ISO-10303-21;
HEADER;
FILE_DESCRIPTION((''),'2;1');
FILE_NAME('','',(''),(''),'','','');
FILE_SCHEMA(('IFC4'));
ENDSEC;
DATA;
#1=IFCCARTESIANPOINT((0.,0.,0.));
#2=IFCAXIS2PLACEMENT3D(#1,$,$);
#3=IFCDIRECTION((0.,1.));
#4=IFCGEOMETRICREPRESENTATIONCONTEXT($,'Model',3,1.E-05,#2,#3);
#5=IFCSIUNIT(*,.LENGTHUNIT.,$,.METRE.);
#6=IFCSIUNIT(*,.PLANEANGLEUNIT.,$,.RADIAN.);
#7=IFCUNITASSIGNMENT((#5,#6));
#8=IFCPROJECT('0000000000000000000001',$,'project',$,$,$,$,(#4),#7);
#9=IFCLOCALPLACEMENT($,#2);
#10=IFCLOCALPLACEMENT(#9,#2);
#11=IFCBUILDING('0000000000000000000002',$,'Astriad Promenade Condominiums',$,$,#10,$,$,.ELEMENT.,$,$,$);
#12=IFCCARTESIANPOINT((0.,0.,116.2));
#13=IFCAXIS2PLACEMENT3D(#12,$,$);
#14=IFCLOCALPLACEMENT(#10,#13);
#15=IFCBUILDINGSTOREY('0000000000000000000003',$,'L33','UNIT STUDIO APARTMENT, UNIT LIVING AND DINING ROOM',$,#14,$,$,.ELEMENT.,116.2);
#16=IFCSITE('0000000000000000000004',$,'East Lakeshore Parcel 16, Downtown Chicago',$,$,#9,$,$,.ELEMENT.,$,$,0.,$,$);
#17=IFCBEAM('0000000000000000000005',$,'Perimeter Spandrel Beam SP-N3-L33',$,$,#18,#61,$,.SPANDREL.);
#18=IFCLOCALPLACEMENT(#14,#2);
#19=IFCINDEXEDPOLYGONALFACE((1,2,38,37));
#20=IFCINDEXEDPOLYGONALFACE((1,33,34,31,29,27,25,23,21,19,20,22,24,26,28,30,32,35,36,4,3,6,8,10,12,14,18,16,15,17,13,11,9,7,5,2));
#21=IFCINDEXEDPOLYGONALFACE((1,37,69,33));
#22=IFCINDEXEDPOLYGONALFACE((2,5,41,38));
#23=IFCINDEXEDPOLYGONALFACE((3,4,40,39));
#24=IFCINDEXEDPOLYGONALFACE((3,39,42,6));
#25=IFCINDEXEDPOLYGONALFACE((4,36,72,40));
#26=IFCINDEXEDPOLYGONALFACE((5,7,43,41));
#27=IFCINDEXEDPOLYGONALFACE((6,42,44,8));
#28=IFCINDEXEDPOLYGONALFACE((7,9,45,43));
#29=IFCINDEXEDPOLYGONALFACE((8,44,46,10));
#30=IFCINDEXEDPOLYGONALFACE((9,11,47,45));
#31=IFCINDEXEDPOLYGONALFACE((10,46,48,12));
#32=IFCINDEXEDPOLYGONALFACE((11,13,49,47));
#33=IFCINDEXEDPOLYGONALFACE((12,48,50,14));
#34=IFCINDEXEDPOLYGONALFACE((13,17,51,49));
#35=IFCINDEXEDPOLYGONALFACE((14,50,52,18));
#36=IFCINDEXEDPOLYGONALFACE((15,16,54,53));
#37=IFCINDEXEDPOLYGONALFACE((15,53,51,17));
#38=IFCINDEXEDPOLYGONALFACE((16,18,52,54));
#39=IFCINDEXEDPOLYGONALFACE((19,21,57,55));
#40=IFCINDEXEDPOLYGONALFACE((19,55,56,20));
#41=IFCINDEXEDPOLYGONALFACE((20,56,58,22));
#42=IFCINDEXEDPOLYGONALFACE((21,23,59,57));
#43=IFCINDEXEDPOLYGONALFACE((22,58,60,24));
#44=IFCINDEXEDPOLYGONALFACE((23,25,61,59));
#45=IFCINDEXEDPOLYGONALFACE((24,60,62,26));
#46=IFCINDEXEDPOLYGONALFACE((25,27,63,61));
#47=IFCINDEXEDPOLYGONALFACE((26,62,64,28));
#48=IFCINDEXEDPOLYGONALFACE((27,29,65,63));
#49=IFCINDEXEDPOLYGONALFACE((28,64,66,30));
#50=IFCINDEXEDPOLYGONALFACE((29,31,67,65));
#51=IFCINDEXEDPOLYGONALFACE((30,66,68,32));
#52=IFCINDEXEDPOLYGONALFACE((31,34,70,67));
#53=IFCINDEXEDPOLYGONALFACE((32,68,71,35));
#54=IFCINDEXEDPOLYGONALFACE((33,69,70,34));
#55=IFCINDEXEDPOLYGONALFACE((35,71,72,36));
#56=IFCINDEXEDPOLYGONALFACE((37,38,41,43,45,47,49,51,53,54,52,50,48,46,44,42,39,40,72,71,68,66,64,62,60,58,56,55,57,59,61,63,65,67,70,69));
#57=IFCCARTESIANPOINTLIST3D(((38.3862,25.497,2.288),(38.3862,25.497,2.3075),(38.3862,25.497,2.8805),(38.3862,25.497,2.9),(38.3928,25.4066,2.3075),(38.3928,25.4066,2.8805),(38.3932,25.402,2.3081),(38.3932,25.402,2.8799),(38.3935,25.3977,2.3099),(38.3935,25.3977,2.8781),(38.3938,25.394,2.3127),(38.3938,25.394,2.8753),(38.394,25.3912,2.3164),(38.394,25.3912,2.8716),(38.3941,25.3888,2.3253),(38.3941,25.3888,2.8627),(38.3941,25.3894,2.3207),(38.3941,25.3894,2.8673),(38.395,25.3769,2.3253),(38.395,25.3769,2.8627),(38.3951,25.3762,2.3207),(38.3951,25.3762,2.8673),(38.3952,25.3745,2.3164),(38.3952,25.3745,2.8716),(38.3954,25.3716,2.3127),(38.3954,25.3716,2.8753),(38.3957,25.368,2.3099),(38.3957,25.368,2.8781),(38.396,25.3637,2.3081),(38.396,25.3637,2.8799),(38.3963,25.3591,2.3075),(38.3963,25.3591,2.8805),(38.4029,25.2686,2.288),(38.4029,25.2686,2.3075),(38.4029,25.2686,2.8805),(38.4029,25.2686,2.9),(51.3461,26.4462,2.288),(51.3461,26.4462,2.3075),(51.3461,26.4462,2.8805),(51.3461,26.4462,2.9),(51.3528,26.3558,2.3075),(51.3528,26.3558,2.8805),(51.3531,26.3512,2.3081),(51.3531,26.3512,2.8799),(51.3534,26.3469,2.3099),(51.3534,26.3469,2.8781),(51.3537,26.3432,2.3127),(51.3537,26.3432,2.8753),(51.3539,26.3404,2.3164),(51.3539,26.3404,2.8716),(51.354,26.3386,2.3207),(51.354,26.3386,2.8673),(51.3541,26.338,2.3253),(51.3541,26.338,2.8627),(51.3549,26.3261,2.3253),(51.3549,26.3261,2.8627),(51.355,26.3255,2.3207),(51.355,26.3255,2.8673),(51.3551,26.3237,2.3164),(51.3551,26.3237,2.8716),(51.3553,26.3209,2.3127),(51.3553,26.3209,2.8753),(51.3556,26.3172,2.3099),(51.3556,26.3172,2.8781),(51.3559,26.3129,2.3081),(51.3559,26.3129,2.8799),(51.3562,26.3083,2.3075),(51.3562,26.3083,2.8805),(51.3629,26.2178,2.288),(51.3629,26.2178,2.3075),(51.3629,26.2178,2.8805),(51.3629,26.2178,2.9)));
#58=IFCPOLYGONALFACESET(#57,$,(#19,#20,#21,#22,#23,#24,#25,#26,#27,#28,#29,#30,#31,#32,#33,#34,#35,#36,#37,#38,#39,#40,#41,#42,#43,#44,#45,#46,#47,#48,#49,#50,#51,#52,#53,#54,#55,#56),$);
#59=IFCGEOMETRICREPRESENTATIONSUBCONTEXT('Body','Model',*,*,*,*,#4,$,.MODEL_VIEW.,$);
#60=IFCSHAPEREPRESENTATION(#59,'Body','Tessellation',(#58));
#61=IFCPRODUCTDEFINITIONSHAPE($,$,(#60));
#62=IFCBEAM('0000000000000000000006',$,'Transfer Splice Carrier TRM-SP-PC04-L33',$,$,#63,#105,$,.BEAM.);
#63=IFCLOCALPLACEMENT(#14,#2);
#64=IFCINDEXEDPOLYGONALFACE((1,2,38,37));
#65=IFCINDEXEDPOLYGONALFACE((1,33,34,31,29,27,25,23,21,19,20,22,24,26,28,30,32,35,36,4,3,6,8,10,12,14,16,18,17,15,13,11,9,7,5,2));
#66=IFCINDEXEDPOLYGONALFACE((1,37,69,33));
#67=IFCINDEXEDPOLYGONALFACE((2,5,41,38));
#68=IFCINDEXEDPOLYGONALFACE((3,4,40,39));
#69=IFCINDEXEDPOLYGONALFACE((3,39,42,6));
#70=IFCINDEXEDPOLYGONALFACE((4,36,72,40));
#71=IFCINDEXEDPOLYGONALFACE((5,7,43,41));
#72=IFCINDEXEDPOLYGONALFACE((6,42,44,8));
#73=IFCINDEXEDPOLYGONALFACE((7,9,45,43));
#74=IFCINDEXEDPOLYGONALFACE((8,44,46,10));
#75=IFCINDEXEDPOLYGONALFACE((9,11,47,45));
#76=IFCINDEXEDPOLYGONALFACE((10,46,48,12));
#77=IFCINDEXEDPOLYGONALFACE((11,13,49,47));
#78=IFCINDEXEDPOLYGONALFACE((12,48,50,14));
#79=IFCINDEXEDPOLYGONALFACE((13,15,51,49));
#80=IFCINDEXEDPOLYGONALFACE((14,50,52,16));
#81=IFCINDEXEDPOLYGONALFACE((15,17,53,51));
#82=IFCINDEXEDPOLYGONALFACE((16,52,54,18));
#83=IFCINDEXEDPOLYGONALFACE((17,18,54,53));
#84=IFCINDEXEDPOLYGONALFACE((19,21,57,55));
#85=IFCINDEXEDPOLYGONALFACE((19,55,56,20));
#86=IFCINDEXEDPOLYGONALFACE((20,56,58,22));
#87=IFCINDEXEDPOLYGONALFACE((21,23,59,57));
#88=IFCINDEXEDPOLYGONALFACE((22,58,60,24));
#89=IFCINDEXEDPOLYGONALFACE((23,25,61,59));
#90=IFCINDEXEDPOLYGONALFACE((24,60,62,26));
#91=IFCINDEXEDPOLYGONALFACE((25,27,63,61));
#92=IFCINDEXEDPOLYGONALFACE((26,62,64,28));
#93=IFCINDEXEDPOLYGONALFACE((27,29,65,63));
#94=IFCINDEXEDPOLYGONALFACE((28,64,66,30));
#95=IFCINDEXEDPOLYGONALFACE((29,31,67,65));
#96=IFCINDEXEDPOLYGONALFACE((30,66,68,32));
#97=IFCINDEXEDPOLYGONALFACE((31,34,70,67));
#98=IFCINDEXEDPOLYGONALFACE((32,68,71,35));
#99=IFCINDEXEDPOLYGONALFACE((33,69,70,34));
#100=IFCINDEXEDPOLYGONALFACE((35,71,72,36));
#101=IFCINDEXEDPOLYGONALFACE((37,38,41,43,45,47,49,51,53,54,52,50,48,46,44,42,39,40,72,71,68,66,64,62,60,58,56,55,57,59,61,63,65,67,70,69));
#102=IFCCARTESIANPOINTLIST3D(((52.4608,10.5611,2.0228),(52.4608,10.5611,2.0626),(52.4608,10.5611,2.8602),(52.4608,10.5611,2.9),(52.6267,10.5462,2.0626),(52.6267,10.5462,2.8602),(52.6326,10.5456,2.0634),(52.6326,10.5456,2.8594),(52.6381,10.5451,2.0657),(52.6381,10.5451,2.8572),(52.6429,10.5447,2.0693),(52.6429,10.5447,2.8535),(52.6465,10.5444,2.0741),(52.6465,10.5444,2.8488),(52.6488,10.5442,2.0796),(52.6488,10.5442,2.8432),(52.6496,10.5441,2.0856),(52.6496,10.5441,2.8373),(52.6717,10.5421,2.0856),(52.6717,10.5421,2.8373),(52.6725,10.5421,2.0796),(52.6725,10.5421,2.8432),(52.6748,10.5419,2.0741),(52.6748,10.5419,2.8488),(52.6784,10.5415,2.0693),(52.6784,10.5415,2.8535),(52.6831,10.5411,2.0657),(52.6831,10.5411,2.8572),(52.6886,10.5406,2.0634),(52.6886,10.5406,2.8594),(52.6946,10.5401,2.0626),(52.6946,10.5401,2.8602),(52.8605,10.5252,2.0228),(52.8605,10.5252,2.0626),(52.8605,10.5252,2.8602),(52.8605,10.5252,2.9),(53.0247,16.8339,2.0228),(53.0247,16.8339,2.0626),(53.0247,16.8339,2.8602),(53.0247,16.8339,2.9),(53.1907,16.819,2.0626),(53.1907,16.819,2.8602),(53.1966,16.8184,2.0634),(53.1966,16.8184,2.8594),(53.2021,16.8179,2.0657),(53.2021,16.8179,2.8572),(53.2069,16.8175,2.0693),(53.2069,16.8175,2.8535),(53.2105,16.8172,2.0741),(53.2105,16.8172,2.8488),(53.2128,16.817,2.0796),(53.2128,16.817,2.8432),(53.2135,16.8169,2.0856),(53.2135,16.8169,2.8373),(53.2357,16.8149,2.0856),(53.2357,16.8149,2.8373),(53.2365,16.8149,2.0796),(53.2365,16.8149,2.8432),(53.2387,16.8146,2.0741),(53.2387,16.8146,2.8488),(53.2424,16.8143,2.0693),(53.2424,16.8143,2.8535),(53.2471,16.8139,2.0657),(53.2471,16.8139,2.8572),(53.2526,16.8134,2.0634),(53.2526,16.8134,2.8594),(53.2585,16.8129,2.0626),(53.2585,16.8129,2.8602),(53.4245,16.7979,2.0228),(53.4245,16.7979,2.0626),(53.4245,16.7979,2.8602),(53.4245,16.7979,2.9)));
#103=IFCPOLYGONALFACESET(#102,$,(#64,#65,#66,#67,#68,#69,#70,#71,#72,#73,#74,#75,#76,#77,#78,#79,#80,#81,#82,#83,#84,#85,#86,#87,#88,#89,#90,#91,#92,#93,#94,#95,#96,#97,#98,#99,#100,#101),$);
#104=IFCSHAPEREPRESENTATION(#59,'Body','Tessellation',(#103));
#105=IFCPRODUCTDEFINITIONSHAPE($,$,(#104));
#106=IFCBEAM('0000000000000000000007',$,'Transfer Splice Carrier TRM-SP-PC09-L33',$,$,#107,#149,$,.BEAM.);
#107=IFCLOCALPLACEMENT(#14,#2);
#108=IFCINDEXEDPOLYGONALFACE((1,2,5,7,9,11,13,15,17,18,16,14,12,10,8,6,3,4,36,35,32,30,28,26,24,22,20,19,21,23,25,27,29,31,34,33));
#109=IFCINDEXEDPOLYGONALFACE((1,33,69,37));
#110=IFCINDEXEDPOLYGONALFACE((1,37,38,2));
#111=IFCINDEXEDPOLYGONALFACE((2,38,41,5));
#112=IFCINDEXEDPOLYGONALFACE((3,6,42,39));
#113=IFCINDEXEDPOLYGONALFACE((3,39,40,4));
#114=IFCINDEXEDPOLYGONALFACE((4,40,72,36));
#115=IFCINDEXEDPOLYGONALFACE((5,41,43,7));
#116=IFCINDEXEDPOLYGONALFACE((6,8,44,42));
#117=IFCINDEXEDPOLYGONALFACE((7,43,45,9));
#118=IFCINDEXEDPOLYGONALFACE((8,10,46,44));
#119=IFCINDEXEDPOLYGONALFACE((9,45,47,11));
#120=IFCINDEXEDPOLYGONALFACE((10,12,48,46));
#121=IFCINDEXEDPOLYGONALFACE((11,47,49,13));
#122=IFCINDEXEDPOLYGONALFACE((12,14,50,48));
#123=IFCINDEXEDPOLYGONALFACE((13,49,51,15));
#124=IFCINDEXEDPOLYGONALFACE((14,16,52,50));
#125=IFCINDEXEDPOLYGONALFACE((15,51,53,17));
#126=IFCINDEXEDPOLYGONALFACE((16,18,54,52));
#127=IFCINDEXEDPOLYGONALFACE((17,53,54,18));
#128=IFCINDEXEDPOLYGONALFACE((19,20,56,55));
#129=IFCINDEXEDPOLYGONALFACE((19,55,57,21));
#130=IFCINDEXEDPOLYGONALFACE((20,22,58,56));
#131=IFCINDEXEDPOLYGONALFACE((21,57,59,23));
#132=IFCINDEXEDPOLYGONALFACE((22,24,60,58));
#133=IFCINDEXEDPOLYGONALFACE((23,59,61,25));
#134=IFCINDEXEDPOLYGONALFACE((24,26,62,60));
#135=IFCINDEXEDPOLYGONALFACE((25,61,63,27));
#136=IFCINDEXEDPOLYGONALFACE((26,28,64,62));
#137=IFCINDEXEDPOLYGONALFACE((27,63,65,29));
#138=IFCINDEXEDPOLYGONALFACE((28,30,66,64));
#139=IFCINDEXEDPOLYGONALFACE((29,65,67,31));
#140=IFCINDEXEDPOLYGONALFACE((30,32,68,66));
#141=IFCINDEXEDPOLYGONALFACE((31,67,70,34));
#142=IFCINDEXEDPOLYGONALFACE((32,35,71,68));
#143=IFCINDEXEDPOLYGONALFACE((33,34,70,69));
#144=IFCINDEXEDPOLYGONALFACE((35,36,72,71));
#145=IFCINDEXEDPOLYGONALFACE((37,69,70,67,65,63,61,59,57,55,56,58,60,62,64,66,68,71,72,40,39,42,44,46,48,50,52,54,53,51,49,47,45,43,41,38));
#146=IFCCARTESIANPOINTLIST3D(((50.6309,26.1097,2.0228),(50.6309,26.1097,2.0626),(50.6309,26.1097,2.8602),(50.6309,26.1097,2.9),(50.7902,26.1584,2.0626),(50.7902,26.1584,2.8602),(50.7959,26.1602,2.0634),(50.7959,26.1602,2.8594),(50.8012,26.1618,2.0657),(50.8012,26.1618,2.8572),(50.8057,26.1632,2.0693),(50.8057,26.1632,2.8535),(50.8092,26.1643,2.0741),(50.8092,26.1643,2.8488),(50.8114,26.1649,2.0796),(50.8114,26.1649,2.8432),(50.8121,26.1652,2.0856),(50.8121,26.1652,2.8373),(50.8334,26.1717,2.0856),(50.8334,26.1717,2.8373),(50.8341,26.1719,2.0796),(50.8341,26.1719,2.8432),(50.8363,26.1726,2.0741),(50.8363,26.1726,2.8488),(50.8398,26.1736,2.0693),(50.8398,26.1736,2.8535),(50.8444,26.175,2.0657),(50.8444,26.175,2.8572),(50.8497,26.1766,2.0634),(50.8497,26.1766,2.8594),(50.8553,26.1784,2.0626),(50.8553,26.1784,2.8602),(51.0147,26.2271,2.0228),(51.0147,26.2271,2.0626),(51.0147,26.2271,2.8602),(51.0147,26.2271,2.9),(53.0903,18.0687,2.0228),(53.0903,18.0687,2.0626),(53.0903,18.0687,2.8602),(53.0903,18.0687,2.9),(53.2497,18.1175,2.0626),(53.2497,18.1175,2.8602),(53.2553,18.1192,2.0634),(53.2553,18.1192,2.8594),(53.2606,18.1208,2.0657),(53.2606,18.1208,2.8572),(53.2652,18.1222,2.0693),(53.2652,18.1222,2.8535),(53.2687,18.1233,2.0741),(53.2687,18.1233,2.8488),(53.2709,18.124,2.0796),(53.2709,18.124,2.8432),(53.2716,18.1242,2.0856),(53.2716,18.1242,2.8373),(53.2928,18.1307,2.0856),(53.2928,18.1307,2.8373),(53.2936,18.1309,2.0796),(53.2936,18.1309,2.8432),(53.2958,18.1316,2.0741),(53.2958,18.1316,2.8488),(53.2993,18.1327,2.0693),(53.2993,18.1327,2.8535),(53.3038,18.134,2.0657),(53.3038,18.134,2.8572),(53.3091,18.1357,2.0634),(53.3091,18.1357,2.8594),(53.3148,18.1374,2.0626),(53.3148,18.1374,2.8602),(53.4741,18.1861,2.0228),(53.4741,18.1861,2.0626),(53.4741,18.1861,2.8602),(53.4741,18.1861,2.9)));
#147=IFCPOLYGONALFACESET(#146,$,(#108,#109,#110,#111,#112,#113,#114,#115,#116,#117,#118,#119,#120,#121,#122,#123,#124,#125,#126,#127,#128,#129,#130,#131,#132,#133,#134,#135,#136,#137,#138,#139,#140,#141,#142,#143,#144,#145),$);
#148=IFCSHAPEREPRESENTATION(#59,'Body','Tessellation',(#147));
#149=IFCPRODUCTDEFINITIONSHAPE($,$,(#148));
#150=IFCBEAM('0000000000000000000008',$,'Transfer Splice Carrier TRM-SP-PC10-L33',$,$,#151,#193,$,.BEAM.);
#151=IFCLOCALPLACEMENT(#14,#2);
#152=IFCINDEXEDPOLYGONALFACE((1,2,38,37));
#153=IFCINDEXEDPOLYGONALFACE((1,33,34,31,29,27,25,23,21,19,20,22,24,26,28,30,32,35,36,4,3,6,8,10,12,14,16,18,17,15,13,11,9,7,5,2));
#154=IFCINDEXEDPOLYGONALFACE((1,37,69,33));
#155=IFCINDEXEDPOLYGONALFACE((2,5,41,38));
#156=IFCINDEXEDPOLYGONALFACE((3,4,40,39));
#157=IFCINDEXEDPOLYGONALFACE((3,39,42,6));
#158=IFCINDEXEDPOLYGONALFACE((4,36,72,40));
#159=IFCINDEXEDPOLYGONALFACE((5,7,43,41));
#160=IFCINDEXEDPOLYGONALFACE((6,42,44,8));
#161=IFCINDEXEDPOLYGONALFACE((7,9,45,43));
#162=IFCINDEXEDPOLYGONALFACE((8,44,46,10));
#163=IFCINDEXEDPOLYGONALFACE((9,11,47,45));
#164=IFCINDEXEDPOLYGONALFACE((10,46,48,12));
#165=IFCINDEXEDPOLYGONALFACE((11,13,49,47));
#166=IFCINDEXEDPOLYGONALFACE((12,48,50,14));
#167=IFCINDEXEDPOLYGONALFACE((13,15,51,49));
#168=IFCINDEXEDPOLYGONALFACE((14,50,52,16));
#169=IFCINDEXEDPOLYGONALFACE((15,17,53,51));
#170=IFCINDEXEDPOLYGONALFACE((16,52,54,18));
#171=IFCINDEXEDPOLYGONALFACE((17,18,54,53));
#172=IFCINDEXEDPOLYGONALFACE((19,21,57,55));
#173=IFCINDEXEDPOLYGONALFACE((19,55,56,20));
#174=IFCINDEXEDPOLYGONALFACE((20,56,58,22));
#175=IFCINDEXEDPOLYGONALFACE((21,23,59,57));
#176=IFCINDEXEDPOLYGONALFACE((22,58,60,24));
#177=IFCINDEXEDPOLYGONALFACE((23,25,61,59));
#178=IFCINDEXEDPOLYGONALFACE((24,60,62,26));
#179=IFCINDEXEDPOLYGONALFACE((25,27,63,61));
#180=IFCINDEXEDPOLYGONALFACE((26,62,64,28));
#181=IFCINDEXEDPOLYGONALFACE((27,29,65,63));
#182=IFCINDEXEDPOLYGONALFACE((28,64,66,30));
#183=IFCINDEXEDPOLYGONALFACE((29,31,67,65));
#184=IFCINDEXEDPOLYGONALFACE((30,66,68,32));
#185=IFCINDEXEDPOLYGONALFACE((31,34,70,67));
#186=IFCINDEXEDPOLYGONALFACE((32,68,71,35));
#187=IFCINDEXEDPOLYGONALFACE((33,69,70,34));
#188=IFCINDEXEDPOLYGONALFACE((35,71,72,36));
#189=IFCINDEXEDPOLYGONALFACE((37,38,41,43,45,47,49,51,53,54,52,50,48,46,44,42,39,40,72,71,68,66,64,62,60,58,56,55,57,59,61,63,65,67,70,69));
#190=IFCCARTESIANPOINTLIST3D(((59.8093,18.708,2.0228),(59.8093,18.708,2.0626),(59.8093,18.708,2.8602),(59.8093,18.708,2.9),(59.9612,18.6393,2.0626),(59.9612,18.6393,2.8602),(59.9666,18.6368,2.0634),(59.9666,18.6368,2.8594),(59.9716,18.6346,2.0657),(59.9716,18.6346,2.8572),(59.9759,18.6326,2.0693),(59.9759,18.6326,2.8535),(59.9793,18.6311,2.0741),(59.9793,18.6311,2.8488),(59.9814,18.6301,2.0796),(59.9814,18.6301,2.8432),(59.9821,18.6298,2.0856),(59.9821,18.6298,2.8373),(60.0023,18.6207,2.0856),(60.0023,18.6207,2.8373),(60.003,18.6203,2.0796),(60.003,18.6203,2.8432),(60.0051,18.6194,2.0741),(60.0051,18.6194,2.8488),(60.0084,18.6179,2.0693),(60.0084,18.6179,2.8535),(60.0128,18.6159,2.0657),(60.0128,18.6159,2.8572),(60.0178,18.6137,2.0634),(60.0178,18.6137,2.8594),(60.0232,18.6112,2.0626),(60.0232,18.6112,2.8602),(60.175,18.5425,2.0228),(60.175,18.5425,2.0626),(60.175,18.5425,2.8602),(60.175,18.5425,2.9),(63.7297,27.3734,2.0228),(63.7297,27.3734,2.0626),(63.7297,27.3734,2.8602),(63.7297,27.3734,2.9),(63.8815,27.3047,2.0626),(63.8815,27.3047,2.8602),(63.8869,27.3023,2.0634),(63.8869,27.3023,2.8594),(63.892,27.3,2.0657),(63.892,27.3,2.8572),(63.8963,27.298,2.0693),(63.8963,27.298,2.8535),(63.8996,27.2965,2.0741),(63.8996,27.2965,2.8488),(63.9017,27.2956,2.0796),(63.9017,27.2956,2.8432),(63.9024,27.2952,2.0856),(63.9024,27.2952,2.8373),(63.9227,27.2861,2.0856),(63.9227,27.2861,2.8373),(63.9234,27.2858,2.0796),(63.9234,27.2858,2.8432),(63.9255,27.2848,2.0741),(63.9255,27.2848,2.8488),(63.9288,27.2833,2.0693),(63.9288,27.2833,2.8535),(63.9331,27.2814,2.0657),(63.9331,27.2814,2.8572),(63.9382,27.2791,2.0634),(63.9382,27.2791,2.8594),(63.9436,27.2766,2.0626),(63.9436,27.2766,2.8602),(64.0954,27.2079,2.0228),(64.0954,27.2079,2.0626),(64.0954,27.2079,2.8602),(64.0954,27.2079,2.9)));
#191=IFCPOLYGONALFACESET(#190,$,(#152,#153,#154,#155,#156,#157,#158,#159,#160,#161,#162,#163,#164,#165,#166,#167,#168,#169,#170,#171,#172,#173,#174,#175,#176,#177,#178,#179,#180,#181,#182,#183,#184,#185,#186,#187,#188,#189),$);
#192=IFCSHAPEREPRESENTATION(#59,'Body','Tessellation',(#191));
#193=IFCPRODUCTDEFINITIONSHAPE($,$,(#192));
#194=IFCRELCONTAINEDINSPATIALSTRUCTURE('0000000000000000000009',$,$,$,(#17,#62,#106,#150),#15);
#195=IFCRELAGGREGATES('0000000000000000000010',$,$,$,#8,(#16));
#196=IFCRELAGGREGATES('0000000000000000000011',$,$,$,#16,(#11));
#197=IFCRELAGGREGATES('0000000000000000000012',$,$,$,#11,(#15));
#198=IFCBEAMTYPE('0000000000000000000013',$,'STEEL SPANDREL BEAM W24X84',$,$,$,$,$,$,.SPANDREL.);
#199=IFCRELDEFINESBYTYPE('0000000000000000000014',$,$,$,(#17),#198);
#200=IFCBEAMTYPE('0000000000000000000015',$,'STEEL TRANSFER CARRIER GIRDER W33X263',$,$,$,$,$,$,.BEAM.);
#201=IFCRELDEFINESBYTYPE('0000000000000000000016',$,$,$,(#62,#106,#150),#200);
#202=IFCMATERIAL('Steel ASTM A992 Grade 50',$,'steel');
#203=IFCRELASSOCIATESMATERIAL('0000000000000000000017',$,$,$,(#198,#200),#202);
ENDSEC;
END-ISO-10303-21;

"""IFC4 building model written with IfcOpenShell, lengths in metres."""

from ifc_helpers import new_model, si_unit, direction, frame, origin, origin_2d, place, context, subcontext, project, spatial, i_section, extrude, source, transform, mapped, material, material_profile, profile_set, type_object, type_shapes, element, save


model = new_model("IFC4")

# Units and contexts
model_context = context("Model", 3, precision=1e-05, world=origin(), true_north=direction((0.0, 1.0)))
body_context = subcontext(model_context, "Body", "Model", "MODEL_VIEW")
ifc_project = project(units=[si_unit("LENGTHUNIT", "METRE"), si_unit("PLANEANGLEUNIT", "RADIAN")], contexts=[model_context])

# Site, building, storey
site_placement = place(None, origin())
site = spatial("IfcSite", under=ifc_project, at=site_placement, Name="East Lakeshore Parcel 16, Downtown Chicago", CompositionType="ELEMENT", RefElevation=0.0)
building_placement = place(site_placement, origin())
building = spatial("IfcBuilding", under=site, at=building_placement, Name="Astriad Promenade Condominiums", CompositionType="ELEMENT")
storey_placement = place(building_placement, frame((0.0, 0.0, 116.2)))
storey = spatial("IfcBuildingStorey", under=building, at=storey_placement, Name="L33", Description="UNIT STUDIO APARTMENT, UNIT LIVING AND DINING ROOM", CompositionType="ELEMENT", Elevation=116.2)

# Beams
ifc_material_1 = material(Name="Steel ASTM A992 Grade 50", Category="steel")
ifc_material_profile_1 = material_profile(ifc_material_1, i_section(OverallWidth=0.229, OverallDepth=0.6121, WebThickness=0.012, FlangeThickness=0.0195, FilletRadius=0.0178, at=origin_2d()), Name="W24X84")
ifc_profile_set_1 = profile_set([ifc_material_profile_1], Name="Steel ASTM A992 Grade 50")
beam_type_1 = type_object("IfcBeamType", Name="STEEL SPANDREL BEAM W24X84", PredefinedType="SPANDREL", material=ifc_profile_set_1)
shared_shape_1 = source(origin(), body_context, "Body", "SweptSolid", [
    extrude(i_section(OverallWidth=0.229, OverallDepth=0.6121, WebThickness=0.012, FlangeThickness=0.0195, FilletRadius=0.0178, at=origin_2d()), origin(), (0.0, 0.0, 1.0), 12.9946),
])
beam_1_placement = place(storey_placement, frame((51.3545, 26.332, 2.594), z_axis=(-0.997329, -0.073047, 0.0), x_axis=(0.073047, -0.997329, 0.0)))
element("IfcBeam", 1, at=beam_1_placement, inside=storey, type_object=beam_type_1, Name="Perimeter Spandrel Beam SP-N3-L33", PredefinedType="SPANDREL", context=body_context, shape_type="MappedRepresentation", body=[
    mapped(shared_shape_1, transform((0.0, 0.0, 0.0), scale=1.0)),
])
ifc_material_profile_2 = material_profile(ifc_material_1, i_section(OverallWidth=0.4014, OverallDepth=0.8772, WebThickness=0.0222, FlangeThickness=0.0398, FilletRadius=0.0229, at=origin_2d()), Name="W33X263")
ifc_profile_set_2 = profile_set([ifc_material_profile_2], Name="Steel ASTM A992 Grade 50")
beam_type_2 = type_object("IfcBeamType", Name="STEEL TRANSFER CARRIER GIRDER W33X263", PredefinedType="BEAM", material=ifc_profile_set_2)
shared_shape_2 = source(origin(), body_context, "Body", "SweptSolid", [
    extrude(i_section(OverallWidth=0.4014, OverallDepth=0.8772, WebThickness=0.0222, FlangeThickness=0.0398, FilletRadius=0.0229, at=origin_2d()), origin(), (0.0, 0.0, 1.0), 6.2981),
])
beam_2_placement = place(storey_placement, frame((53.2246, 16.8159, 2.4614), z_axis=(-0.089547, -0.995983, 0.0), x_axis=(0.995983, -0.089547, 0.0)))
element("IfcBeam", 2, at=beam_2_placement, inside=storey, type_object=beam_type_2, Name="Transfer Splice Carrier TRM-SP-PC04-L33", PredefinedType="BEAM", context=body_context, shape_type="MappedRepresentation", body=[
    mapped(shared_shape_2, transform((0.0, 0.0, 0.0), scale=1.0)),
])
shared_shape_3 = source(origin(), body_context, "Body", "SweptSolid", [
    extrude(i_section(OverallWidth=0.4014, OverallDepth=0.8772, WebThickness=0.0222, FlangeThickness=0.0398, FilletRadius=0.0229, at=origin_2d()), origin(), (0.0, 0.0, 1.0), 8.4087),
])
beam_3_placement = place(storey_placement, frame((53.2822, 18.1274, 2.4614), z_axis=(-0.29249, 0.956269, 0.0), x_axis=(-0.956269, -0.29249, 0.0)))
element("IfcBeam", 3, at=beam_3_placement, inside=storey, type_object=beam_type_2, Name="Transfer Splice Carrier TRM-SP-PC09-L33", PredefinedType="BEAM", context=body_context, shape_type="MappedRepresentation", body=[
    mapped(shared_shape_3, transform((0.0, 0.0, 0.0), scale=1.0)),
])
shared_shape_4 = source(origin(), body_context, "Body", "SweptSolid", [
    extrude(i_section(OverallWidth=0.4014, OverallDepth=0.8772, WebThickness=0.0222, FlangeThickness=0.0398, FilletRadius=0.0229, at=origin_2d()), origin(), (0.0, 0.0, 1.0), 9.511),
])
type_shapes(beam_type_2, [shared_shape_2, shared_shape_3, shared_shape_4])
beam_4_placement = place(storey_placement, frame((59.9922, 18.6252, 2.4614), z_axis=(0.412193, 0.911096, 0.0), x_axis=(-0.911096, 0.412193, 0.0)))
element("IfcBeam", 4, at=beam_4_placement, inside=storey, type_object=beam_type_2, Name="Transfer Splice Carrier TRM-SP-PC10-L33", PredefinedType="BEAM", context=body_context, shape_type="MappedRepresentation", body=[
    mapped(shared_shape_4, transform((0.0, 0.0, 0.0), scale=1.0)),
])

save(model, "model.ifc")
